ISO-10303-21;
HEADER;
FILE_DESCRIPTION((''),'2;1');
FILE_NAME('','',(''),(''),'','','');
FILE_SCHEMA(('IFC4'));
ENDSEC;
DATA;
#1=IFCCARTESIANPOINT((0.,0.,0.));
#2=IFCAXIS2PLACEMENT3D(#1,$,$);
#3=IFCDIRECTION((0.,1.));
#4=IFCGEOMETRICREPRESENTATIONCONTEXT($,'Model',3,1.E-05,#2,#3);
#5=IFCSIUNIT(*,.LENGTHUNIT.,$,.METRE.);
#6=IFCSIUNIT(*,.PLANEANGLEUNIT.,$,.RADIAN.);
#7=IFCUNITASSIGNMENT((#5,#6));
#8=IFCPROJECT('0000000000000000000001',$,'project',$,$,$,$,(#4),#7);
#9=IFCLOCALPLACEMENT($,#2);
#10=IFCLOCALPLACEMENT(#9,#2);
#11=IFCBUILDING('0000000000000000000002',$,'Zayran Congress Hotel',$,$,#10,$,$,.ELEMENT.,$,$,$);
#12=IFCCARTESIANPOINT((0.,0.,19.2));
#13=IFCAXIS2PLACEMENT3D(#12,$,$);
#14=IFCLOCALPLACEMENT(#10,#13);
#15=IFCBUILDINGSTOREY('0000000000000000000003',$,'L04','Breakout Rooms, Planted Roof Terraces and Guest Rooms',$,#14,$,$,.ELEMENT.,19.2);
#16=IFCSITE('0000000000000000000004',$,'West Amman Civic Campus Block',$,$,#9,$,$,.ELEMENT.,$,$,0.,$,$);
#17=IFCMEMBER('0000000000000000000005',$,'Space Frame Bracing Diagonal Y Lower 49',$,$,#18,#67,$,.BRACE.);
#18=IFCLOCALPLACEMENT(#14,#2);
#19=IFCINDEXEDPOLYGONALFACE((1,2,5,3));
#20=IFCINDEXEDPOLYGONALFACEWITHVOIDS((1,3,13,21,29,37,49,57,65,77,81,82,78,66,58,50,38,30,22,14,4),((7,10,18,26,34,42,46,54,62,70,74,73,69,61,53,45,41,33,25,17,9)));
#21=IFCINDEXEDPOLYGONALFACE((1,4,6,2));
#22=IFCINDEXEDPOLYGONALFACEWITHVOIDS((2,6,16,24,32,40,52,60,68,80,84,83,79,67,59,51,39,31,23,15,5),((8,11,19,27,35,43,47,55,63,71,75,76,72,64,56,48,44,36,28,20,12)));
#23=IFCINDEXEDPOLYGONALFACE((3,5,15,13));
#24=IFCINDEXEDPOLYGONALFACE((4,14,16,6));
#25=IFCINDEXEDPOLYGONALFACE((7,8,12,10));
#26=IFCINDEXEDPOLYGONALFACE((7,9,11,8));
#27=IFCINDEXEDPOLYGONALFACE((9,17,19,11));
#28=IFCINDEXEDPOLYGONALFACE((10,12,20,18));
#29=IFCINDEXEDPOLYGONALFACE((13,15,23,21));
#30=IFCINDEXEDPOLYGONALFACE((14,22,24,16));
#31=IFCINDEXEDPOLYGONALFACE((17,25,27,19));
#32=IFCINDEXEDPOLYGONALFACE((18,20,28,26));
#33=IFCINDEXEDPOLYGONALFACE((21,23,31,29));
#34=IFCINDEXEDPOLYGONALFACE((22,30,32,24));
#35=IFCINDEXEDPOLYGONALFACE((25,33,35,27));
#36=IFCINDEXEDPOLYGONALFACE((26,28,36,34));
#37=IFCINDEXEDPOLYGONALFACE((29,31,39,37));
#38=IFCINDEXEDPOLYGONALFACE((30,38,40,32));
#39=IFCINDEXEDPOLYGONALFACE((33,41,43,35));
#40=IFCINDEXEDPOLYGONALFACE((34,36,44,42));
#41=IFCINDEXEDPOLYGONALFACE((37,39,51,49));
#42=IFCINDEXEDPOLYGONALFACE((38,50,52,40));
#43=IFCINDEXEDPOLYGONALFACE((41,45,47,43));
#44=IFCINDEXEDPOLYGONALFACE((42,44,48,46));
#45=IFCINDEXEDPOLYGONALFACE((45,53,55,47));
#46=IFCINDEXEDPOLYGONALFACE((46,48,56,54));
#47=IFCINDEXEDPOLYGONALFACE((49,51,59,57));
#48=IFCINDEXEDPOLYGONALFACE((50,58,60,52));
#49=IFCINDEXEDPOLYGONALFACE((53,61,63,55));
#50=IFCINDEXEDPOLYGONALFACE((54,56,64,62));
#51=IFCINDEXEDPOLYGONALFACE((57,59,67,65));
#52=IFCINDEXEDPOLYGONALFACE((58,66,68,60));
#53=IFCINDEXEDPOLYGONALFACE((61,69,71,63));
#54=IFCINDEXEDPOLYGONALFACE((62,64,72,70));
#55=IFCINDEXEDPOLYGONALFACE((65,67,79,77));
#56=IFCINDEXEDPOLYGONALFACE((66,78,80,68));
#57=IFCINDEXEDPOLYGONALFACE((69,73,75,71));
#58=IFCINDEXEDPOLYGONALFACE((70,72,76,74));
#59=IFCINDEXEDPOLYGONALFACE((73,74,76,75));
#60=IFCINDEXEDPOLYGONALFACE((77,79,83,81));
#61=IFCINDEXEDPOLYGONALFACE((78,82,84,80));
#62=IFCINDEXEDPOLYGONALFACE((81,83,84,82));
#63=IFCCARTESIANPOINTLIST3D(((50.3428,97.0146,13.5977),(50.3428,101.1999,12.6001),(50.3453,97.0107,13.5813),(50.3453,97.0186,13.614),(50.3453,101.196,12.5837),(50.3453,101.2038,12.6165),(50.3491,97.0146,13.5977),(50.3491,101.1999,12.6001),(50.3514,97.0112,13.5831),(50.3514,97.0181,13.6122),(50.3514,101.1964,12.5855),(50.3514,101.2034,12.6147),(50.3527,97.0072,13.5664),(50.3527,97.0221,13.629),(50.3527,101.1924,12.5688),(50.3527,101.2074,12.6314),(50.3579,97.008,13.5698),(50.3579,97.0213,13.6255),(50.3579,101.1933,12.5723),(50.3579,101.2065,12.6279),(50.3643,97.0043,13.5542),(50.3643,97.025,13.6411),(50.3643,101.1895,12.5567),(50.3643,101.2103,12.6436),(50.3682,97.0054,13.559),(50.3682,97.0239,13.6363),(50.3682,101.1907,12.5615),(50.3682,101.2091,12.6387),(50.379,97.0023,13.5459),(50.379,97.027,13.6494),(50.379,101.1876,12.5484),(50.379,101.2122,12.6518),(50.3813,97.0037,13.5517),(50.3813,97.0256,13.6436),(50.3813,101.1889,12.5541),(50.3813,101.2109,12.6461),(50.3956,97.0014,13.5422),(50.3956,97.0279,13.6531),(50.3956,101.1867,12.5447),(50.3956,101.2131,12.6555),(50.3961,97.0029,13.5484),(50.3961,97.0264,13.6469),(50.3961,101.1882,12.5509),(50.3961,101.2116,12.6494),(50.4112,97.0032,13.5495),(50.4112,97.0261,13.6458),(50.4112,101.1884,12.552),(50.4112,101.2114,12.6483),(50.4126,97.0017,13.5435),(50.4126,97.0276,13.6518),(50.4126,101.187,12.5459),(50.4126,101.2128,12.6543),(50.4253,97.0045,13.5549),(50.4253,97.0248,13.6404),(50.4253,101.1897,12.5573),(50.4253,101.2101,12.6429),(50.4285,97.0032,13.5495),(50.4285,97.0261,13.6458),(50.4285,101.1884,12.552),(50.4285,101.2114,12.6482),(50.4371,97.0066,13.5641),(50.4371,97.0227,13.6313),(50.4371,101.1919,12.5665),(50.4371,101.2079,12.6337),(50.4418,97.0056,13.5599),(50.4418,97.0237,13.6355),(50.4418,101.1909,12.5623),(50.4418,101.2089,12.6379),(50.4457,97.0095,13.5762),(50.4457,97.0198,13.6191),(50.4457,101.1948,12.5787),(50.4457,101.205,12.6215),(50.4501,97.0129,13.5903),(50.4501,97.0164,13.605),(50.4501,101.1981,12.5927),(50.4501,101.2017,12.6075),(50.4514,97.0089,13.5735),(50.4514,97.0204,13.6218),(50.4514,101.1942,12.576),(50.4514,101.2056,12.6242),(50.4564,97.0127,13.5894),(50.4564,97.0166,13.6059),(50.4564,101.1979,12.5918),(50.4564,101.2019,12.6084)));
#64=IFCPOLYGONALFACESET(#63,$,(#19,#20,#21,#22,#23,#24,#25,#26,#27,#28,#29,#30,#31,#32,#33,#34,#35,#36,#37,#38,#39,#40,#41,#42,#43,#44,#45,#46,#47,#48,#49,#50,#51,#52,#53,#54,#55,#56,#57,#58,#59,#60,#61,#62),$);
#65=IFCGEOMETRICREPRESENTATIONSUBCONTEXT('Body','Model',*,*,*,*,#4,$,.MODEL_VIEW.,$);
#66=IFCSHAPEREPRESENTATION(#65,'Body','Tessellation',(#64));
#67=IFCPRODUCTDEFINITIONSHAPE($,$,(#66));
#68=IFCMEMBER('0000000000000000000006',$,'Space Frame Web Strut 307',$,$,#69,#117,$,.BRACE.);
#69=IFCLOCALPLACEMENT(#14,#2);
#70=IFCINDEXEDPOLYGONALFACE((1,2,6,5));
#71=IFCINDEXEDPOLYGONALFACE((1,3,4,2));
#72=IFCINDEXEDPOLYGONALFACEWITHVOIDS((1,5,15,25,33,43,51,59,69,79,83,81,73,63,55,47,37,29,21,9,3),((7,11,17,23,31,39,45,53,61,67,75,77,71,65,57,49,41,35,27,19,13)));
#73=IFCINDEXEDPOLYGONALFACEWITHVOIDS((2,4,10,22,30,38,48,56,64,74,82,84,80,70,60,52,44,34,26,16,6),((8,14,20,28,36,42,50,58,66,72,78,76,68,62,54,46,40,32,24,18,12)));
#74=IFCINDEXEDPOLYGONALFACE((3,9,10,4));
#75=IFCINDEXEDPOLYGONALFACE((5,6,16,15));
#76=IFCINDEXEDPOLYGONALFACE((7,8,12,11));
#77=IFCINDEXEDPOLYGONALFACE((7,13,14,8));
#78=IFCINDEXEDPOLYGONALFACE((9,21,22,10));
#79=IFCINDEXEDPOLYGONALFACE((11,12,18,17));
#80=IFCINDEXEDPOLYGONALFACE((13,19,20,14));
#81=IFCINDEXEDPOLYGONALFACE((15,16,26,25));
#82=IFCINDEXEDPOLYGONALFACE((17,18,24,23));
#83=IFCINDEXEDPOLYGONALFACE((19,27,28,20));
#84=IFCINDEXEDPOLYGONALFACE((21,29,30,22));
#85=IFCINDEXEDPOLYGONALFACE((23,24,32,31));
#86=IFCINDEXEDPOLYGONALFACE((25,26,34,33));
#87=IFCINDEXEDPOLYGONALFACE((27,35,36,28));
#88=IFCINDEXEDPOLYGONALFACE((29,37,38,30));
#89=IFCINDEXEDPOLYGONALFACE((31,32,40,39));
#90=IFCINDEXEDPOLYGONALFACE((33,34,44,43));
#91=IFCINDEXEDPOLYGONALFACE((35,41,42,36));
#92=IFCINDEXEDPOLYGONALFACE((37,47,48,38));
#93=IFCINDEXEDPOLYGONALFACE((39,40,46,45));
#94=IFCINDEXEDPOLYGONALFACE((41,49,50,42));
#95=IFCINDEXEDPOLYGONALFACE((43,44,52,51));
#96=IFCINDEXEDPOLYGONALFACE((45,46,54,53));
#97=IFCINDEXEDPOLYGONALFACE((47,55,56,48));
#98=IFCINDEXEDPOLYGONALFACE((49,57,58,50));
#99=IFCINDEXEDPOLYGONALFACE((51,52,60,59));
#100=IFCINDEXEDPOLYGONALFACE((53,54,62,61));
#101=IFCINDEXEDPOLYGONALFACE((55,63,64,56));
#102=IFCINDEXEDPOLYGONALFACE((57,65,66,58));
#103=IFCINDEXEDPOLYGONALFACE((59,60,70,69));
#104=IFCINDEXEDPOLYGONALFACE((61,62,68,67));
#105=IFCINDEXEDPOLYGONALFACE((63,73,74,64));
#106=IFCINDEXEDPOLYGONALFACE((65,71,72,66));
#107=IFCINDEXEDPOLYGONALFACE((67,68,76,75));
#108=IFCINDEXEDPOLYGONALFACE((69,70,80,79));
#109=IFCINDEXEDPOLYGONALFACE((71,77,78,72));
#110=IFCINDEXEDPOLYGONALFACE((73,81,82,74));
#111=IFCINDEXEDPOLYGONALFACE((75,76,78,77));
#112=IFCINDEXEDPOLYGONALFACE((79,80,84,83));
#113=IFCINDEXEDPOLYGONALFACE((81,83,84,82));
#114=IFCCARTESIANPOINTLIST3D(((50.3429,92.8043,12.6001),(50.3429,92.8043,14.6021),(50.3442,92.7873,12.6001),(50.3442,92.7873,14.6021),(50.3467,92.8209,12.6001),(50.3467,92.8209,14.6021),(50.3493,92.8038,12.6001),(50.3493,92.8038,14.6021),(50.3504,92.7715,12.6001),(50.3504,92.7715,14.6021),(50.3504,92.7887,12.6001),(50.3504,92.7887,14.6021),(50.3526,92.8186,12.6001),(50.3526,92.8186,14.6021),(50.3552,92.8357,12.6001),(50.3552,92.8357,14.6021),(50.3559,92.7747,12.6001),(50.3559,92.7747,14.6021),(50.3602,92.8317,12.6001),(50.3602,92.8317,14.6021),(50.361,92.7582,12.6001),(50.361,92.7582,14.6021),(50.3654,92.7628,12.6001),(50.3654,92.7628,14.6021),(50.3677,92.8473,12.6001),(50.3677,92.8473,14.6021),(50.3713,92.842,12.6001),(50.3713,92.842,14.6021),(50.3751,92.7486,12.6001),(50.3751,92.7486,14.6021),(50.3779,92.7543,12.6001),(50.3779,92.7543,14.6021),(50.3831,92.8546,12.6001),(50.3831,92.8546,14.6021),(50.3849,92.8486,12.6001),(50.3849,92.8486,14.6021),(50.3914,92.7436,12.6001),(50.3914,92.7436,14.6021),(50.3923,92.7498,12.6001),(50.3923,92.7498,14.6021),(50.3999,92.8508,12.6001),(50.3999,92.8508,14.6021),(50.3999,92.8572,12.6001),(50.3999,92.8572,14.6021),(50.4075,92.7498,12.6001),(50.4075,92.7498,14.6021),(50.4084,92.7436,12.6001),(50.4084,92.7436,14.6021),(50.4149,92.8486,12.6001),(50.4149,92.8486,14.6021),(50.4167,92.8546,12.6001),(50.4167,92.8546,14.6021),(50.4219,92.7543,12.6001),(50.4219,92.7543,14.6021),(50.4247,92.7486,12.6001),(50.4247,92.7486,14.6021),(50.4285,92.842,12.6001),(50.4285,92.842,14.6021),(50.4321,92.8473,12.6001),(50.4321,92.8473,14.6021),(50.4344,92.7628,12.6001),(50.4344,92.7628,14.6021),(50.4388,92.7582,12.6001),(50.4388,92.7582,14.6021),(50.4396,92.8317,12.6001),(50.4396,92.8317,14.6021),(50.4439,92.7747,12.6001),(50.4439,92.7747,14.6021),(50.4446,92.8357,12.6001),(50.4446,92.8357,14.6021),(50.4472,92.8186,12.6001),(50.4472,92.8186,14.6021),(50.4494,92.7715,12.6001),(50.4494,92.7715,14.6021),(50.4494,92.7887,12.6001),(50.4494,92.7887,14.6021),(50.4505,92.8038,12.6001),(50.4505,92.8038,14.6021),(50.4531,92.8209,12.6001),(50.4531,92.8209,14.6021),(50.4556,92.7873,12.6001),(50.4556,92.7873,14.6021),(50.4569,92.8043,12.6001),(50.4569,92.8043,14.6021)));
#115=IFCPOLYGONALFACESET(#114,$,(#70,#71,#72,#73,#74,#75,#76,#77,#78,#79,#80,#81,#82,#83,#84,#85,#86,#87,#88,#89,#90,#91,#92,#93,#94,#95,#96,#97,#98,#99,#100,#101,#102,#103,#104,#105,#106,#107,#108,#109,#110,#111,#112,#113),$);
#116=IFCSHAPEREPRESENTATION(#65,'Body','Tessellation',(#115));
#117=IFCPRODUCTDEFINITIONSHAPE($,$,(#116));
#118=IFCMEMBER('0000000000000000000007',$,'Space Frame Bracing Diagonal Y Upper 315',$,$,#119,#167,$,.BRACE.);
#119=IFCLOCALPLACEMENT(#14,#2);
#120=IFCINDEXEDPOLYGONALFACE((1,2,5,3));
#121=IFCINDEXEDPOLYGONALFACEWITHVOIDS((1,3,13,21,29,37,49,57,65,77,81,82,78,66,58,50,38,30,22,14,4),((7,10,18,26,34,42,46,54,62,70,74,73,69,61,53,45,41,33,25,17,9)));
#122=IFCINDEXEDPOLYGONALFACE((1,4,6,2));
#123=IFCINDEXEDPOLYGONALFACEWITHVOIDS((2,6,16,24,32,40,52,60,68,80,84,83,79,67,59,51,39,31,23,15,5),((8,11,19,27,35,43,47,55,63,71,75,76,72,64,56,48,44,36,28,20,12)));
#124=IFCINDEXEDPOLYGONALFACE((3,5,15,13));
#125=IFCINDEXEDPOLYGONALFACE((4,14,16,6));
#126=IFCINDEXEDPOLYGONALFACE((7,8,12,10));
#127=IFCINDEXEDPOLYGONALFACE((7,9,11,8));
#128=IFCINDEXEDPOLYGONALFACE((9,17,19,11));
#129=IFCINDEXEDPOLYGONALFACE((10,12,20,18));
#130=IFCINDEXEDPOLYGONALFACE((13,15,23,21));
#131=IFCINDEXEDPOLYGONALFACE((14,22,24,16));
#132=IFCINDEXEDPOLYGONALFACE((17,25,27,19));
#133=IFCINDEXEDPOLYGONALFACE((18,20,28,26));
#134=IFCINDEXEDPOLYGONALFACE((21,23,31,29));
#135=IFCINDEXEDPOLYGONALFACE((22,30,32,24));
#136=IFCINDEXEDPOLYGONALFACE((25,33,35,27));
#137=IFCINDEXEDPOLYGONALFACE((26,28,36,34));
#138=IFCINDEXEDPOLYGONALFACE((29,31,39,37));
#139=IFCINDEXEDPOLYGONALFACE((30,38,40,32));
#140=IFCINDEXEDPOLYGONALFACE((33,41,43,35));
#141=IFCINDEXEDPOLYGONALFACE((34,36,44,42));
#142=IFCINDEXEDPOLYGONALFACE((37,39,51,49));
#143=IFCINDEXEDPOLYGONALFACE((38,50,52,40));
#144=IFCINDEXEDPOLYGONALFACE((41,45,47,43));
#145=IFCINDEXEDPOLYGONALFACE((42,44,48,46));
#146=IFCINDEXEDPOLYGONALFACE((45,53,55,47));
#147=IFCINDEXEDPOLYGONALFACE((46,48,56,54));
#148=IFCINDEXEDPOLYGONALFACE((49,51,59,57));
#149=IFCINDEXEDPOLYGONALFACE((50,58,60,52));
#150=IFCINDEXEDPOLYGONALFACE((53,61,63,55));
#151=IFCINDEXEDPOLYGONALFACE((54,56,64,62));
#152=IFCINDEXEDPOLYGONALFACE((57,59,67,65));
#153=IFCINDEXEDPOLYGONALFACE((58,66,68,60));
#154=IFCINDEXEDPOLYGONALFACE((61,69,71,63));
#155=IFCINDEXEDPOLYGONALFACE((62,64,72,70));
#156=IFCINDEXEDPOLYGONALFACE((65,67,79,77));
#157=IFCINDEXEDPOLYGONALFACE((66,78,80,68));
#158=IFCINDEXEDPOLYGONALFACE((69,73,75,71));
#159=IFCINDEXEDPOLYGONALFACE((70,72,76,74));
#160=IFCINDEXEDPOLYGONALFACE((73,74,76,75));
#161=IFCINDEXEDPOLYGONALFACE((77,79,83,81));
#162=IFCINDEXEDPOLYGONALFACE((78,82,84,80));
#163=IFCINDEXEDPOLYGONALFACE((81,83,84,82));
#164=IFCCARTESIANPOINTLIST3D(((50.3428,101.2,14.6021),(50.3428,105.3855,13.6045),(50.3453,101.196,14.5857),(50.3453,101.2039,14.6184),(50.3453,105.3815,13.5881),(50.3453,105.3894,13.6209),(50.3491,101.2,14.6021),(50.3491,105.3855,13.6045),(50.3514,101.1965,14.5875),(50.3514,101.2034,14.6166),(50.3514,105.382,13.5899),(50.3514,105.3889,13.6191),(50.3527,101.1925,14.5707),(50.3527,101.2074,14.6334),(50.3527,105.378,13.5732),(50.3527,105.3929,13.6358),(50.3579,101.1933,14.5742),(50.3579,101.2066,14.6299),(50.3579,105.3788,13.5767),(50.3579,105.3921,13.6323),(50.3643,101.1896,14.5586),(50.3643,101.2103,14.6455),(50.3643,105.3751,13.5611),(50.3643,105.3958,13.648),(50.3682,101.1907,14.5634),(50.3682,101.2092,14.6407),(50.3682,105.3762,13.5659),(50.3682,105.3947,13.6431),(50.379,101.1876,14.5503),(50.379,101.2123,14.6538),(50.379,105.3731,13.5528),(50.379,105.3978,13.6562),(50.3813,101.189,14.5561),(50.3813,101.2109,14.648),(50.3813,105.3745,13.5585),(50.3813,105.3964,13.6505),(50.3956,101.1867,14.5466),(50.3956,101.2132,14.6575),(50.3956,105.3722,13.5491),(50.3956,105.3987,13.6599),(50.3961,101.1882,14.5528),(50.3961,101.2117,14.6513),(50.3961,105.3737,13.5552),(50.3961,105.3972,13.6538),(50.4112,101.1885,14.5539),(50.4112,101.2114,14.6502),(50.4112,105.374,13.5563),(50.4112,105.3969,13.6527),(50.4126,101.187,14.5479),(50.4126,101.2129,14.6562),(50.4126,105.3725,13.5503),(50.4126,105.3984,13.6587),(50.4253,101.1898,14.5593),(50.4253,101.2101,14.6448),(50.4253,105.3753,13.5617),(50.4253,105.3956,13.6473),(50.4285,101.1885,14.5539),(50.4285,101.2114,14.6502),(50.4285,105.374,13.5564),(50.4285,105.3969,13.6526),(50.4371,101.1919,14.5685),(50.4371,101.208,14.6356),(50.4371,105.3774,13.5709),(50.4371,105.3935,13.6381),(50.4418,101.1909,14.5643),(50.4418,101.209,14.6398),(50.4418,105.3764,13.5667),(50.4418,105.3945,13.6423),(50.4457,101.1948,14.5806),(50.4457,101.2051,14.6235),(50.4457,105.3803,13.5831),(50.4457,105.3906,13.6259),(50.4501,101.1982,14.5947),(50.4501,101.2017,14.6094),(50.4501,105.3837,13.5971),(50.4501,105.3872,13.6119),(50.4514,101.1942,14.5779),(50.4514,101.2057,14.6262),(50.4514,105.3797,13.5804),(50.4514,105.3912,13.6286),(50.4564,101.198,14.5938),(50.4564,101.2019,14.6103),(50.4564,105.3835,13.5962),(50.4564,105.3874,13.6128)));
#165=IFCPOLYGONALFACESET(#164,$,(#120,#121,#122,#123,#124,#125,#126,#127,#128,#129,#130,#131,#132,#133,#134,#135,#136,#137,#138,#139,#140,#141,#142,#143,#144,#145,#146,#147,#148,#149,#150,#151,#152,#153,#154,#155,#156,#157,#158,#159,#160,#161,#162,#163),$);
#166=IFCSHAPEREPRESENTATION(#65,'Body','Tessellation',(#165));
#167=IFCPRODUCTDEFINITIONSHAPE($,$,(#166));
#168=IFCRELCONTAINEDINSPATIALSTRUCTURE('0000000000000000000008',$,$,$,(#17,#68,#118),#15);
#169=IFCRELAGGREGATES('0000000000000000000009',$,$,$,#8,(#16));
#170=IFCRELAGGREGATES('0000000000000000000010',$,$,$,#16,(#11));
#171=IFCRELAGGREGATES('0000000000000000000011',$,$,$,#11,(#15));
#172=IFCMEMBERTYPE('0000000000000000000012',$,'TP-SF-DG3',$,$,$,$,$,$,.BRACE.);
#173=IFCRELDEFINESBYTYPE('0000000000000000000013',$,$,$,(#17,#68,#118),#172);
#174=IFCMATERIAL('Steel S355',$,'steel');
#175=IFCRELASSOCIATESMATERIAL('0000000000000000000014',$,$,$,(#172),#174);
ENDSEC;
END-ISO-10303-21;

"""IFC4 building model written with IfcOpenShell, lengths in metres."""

from ifc_helpers import new_model, si_unit, direction, frame, origin, origin_2d, place, context, subcontext, project, spatial, hollow_circle, extrude, material, material_profile, profile_set, type_object, element, save


model = new_model("IFC4")

# Units and contexts
model_context = context("Model", 3, precision=1e-05, world=origin(), true_north=direction((0.0, 1.0)))
body_context = subcontext(model_context, "Body", "Model", "MODEL_VIEW")
ifc_project = project(units=[si_unit("LENGTHUNIT", "METRE"), si_unit("PLANEANGLEUNIT", "RADIAN")], contexts=[model_context])

# Site, building, storey
site_placement = place(None, origin())
site = spatial("IfcSite", under=ifc_project, at=site_placement, Name="West Amman Civic Campus Block", CompositionType="ELEMENT", RefElevation=0.0)
building_placement = place(site_placement, origin())
building = spatial("IfcBuilding", under=site, at=building_placement, Name="Zayran Congress Hotel", CompositionType="ELEMENT")
storey_placement = place(building_placement, frame((0.0, 0.0, 19.2)))
storey = spatial("IfcBuildingStorey", under=building, at=storey_placement, Name="L04", Description="Breakout Rooms, Planted Roof Terraces and Guest Rooms", CompositionType="ELEMENT", Elevation=19.2)

# Members
ifc_material_1 = material(Name="Steel S355", Category="steel")
ifc_material_profile_1 = material_profile(ifc_material_1, hollow_circle(Radius=0.0571, WallThickness=0.0063, at=origin_2d()), Name="CHS 114.3x6.3")
ifc_profile_set_1 = profile_set([ifc_material_profile_1], Name="Steel S355")
member_type_1 = type_object("IfcMemberType", Name="TP-SF-DG3", PredefinedType="BRACE", material=ifc_profile_set_1)
for number, where, z_axis, x_axis, name in (
    (1, (50.3999, 97.0146, 13.5977), (0.0, 0.972751, -0.231853), (-1.0, 0.0, 0.0), "Space Frame Bracing Diagonal Y Lower 49"),
):
    element("IfcMember", number, at=place(storey_placement, frame(where, z_axis=z_axis, x_axis=x_axis)), inside=storey, type_object=member_type_1, Name=name, PredefinedType="BRACE", context=body_context, shape_type="SweptSolid", body=[
        extrude(hollow_circle(Radius=0.0571, WallThickness=0.0063, at=origin_2d()), origin(), (0.0, 0.0, 1.0), 4.3025),
    ])
member_1_placement = place(storey_placement, frame((50.3999, 92.8, 12.6001), z_axis=(0.0, 0.0, 1.0), x_axis=(0.0, 1.0, 0.0)))
element("IfcMember", 2, at=member_1_placement, inside=storey, type_object=member_type_1, Name="Space Frame Web Strut 307", PredefinedType="BRACE", context=body_context, shape_type="SweptSolid", body=[
    extrude(hollow_circle(Radius=0.0571, WallThickness=0.0063, at=origin_2d()), origin(), (0.0, 0.0, 1.0), 2.002),
])
for number, where, z_axis, x_axis, name in (
    (3, (50.3999, 101.2, 14.6021), (0.0, 0.972754, -0.23184), (-1.0, 0.0, 0.0), "Space Frame Bracing Diagonal Y Upper 315"),
):
    element("IfcMember", number, at=place(storey_placement, frame(where, z_axis=z_axis, x_axis=x_axis)), inside=storey, type_object=member_type_1, Name=name, PredefinedType="BRACE", context=body_context, shape_type="SweptSolid", body=[
        extrude(hollow_circle(Radius=0.0571, WallThickness=0.0063, at=origin_2d()), origin(), (0.0, 0.0, 1.0), 4.3027),
    ])

save(model, "model.ifc")
